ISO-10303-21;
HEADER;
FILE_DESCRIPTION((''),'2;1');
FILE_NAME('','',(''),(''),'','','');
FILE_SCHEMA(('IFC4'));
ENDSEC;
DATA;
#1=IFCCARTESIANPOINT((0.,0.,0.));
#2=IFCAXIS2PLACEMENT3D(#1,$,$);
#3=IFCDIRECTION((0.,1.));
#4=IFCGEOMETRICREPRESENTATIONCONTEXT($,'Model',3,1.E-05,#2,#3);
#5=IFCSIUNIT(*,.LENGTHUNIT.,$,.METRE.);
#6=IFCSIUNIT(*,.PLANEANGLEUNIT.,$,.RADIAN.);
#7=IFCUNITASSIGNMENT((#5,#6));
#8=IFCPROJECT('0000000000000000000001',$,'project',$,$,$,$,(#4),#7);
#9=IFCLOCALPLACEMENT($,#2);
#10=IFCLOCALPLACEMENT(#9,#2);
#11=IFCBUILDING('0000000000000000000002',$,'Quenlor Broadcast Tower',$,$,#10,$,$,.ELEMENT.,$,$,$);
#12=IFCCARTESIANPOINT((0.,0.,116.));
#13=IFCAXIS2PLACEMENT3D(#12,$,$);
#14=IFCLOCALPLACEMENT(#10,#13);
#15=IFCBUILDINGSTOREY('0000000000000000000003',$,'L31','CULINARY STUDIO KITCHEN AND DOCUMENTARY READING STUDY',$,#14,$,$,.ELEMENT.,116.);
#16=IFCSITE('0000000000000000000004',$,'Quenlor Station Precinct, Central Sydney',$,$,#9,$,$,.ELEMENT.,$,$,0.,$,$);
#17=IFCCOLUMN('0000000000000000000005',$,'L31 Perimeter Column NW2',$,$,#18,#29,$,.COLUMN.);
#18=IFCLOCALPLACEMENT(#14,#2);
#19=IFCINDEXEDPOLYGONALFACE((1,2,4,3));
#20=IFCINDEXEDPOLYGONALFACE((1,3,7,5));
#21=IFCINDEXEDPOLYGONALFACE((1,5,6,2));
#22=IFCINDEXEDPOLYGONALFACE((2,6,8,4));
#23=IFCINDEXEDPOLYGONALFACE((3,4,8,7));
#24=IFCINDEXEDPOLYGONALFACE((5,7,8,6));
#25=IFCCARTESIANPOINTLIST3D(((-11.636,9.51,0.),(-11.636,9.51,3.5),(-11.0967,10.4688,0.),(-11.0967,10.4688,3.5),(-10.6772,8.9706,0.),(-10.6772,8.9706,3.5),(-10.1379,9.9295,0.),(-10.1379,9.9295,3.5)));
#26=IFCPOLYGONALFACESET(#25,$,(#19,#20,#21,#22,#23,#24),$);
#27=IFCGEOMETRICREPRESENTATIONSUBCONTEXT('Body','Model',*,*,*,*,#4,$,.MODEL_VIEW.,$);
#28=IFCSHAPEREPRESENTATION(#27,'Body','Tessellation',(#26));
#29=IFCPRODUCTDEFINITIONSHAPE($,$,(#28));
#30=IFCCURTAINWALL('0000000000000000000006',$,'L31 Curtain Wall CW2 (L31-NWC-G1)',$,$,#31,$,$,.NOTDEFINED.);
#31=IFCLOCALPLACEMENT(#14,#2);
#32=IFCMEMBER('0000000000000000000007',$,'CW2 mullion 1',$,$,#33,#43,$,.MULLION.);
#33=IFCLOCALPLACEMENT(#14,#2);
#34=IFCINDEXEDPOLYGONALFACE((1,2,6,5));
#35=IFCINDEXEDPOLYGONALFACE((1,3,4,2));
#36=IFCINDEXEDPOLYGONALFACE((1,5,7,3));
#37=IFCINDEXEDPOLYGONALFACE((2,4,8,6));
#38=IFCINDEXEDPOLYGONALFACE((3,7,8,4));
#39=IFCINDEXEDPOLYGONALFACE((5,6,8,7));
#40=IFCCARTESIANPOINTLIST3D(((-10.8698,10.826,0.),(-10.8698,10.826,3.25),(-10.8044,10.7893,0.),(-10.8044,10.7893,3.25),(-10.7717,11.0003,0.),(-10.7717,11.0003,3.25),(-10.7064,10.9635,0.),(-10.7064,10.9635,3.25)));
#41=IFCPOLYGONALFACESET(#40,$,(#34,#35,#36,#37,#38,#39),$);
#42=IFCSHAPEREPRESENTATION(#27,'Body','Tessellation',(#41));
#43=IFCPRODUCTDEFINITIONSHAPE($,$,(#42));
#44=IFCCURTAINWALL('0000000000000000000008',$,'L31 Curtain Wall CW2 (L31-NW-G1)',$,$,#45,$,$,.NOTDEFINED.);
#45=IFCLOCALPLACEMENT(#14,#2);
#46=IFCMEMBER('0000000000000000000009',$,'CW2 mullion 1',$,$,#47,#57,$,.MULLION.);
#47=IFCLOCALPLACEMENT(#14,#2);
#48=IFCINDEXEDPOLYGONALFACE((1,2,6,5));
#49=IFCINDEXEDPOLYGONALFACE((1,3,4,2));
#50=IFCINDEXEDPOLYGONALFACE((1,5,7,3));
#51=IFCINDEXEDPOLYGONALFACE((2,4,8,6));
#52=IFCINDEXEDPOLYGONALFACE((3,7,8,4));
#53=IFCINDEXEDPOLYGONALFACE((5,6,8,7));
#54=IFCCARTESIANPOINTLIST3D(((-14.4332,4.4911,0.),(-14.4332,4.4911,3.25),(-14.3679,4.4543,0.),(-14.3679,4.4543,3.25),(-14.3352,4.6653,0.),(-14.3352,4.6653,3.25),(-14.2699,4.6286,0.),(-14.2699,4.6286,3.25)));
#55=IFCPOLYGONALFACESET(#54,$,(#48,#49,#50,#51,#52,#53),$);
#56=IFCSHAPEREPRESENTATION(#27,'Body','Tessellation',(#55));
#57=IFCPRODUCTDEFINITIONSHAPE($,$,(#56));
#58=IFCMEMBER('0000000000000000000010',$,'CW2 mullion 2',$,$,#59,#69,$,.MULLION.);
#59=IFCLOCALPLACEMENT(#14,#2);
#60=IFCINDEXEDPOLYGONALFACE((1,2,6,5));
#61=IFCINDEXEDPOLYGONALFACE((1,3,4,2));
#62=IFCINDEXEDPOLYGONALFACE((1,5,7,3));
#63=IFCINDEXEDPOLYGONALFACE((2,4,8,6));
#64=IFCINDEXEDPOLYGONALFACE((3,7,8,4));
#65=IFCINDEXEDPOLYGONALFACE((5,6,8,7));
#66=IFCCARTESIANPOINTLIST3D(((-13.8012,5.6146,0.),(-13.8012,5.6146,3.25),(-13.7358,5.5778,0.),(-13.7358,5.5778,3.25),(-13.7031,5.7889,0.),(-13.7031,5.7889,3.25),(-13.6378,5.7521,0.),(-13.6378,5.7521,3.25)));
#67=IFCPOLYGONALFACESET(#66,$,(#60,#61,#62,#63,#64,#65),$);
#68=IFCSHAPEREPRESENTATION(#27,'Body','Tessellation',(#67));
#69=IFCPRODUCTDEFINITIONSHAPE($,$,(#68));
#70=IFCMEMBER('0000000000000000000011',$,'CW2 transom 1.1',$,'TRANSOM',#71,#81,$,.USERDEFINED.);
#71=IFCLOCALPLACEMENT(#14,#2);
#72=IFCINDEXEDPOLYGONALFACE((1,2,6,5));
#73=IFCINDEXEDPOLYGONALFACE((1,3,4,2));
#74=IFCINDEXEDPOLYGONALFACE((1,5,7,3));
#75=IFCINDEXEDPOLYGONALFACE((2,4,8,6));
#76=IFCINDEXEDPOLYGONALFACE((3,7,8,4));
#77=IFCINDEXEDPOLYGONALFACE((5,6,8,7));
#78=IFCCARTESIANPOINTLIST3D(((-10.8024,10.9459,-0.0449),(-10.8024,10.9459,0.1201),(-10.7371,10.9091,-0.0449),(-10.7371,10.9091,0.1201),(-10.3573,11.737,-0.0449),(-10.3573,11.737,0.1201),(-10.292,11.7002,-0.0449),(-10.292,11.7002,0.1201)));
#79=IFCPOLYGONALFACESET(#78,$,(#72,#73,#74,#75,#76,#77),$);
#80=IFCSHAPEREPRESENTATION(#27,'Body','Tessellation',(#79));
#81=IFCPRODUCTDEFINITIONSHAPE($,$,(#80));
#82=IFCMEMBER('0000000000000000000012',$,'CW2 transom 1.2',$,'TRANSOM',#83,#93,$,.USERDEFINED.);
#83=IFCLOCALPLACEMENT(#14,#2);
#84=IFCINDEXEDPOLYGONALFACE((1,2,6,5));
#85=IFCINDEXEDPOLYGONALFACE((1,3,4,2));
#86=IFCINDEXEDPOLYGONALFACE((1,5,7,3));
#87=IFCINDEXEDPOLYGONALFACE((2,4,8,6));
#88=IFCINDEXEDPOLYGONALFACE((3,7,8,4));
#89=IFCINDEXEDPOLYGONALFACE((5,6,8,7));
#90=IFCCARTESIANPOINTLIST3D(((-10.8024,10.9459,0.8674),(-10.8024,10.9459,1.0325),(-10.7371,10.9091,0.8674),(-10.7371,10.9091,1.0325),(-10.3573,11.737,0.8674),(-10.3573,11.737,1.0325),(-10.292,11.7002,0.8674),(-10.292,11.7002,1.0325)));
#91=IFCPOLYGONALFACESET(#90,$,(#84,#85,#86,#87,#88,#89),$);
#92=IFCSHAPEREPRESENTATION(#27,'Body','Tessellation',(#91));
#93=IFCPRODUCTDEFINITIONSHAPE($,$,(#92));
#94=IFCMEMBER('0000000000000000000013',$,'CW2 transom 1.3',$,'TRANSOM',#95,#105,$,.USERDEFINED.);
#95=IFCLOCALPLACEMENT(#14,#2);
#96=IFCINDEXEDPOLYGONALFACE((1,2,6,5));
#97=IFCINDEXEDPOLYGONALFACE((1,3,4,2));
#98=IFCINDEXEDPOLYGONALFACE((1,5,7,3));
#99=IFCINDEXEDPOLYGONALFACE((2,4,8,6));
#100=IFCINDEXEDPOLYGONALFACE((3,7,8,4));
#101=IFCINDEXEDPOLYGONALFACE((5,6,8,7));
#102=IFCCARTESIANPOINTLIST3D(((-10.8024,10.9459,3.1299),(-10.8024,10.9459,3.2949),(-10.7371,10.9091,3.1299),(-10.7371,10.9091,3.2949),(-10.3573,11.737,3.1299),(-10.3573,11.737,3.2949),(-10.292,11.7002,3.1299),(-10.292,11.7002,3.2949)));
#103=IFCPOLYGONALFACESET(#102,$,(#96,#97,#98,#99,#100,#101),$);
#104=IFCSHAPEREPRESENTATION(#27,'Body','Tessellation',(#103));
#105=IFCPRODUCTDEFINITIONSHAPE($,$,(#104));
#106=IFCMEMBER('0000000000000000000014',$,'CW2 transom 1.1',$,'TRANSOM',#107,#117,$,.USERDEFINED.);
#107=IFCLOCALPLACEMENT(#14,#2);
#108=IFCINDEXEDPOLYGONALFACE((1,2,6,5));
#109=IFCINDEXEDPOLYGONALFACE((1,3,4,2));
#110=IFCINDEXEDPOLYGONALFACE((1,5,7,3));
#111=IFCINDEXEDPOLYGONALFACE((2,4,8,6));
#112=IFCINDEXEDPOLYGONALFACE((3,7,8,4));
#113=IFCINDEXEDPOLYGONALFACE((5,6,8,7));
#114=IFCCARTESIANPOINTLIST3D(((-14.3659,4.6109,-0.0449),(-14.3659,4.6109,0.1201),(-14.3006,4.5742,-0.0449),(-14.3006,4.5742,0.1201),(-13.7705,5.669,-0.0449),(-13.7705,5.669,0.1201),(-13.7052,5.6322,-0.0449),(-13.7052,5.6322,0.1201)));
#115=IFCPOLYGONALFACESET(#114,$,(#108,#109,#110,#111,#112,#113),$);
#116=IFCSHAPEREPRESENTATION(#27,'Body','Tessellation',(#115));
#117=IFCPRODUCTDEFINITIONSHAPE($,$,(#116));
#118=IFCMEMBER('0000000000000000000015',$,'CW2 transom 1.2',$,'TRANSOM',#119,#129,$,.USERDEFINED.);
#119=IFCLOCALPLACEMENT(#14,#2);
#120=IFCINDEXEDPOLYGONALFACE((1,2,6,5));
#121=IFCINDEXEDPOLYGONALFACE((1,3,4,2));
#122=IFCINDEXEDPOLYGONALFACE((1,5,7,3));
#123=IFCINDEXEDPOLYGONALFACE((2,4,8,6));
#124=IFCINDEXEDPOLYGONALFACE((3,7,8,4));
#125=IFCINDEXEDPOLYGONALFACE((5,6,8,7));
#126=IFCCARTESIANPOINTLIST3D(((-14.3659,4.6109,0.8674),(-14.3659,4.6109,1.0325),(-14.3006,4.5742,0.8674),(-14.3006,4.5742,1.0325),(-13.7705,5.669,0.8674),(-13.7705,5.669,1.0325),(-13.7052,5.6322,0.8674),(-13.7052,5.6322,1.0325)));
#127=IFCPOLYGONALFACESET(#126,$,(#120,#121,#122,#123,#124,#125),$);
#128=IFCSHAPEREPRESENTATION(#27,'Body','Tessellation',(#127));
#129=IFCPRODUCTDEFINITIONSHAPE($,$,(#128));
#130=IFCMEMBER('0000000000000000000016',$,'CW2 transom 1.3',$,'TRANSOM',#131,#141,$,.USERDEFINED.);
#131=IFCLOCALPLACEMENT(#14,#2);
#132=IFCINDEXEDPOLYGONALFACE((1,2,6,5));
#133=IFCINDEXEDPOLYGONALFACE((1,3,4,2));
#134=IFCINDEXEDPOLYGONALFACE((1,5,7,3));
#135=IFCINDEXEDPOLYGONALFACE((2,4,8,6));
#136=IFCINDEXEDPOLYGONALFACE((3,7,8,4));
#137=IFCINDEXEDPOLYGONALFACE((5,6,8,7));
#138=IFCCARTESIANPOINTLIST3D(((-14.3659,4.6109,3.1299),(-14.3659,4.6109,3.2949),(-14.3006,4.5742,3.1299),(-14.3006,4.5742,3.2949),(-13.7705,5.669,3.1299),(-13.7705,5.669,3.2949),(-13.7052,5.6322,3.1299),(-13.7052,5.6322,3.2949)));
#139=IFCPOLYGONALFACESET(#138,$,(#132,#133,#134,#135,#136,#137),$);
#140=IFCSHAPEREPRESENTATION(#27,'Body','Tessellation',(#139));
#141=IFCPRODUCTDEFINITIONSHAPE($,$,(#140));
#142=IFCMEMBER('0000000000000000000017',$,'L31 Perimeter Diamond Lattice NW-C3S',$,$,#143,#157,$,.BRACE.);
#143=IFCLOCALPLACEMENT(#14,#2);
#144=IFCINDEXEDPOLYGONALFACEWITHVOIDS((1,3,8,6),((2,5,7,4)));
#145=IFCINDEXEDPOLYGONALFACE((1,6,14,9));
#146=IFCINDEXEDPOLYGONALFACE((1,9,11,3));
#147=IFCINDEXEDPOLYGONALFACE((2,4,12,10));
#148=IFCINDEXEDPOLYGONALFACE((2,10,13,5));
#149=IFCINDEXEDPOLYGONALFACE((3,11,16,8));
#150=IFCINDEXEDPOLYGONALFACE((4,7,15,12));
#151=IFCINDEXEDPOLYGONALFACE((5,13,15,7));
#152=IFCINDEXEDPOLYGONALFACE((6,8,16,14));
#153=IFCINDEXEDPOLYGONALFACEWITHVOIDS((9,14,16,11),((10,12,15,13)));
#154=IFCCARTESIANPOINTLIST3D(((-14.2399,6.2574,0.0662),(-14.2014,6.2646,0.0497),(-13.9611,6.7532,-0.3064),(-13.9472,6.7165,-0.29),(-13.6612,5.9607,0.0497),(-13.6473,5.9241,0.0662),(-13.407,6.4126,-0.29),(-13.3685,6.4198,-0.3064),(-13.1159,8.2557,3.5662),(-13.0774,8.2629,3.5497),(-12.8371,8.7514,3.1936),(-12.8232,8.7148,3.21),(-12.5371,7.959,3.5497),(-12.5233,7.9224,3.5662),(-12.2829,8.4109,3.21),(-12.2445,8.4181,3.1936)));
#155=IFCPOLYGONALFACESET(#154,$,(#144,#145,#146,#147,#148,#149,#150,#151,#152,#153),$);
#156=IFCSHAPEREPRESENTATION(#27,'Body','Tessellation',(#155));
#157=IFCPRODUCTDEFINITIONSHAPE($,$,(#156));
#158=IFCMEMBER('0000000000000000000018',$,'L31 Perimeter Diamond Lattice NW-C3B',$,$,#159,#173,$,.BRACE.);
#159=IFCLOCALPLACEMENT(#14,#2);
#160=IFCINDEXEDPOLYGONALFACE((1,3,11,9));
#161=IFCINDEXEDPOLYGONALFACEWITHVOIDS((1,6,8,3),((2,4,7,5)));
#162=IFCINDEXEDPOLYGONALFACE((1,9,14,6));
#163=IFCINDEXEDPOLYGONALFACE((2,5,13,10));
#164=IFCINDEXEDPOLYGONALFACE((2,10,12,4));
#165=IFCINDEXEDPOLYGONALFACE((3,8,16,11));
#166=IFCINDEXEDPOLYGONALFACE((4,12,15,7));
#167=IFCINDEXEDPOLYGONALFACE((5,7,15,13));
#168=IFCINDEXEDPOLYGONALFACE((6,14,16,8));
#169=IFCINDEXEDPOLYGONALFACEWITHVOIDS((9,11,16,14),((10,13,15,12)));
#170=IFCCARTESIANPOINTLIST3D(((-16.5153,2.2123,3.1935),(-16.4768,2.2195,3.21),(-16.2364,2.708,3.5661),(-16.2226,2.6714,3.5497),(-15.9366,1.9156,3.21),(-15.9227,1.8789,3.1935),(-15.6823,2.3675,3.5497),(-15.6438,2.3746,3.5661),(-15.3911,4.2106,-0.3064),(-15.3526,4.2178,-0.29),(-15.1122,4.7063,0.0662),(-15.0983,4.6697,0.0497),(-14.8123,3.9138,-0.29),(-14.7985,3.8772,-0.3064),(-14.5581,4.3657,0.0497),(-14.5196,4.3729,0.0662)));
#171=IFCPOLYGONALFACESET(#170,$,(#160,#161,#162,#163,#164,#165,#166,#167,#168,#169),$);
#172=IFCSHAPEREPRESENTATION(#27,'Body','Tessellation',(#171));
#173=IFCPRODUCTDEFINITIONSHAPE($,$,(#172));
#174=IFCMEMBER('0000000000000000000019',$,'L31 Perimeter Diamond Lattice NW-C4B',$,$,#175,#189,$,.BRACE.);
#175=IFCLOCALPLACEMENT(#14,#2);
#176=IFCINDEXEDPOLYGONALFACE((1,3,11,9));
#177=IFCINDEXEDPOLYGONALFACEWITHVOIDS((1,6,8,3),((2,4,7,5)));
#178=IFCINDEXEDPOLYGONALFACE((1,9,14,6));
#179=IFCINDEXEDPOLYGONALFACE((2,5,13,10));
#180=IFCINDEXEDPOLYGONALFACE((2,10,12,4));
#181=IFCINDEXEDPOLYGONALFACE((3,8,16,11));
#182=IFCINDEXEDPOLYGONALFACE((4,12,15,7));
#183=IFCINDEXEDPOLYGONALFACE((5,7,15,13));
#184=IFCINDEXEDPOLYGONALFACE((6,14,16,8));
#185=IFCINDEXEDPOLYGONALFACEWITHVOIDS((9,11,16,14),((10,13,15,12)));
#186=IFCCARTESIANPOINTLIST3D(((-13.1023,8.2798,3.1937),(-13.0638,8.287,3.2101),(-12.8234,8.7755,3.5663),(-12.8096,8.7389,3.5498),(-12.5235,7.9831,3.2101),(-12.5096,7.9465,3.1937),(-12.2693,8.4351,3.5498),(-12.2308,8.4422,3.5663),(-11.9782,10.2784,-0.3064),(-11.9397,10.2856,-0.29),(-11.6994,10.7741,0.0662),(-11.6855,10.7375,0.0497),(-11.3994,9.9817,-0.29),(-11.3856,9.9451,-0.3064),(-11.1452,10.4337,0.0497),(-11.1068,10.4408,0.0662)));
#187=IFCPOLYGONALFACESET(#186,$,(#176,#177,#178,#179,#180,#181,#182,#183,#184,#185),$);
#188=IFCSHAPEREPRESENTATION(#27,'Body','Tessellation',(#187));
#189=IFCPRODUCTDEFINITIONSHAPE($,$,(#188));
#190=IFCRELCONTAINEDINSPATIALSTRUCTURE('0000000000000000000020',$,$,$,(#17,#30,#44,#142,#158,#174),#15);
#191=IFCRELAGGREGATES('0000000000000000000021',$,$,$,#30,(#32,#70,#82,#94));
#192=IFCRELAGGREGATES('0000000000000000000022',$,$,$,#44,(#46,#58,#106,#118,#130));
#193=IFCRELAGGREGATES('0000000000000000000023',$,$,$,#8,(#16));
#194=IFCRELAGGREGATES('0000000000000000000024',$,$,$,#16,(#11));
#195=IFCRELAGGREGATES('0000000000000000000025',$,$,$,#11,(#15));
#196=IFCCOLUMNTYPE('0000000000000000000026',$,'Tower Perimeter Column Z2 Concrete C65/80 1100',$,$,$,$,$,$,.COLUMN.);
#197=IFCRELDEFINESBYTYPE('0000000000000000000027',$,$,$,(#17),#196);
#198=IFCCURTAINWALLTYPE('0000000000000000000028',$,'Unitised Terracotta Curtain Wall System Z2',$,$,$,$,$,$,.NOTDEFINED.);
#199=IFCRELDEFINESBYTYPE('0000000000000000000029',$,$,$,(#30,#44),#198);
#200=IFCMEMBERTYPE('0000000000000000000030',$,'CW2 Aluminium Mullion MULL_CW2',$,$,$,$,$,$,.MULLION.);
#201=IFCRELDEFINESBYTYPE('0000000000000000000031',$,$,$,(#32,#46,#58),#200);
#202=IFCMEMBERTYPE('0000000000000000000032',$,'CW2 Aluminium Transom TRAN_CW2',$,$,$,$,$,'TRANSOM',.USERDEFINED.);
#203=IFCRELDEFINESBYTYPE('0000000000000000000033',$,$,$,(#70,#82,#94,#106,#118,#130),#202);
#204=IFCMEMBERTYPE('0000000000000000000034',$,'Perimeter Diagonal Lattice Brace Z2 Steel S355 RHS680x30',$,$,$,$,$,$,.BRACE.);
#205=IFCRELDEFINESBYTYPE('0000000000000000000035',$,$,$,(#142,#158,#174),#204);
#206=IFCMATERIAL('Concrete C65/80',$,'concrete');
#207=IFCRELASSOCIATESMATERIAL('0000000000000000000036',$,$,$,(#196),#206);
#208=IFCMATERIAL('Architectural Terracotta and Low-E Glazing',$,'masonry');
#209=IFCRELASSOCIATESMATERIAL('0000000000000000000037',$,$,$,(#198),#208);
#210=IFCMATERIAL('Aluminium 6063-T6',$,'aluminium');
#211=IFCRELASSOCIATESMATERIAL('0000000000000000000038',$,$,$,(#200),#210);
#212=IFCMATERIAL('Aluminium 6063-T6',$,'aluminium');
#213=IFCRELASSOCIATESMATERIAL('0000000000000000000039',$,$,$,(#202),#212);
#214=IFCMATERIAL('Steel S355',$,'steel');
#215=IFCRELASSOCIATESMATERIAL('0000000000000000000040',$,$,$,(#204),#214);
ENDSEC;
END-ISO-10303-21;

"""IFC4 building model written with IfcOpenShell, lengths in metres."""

from ifc_helpers import new_model, si_unit, direction, frame, origin, origin_2d, place, context, subcontext, project, spatial, rectangle, hollow_rectangle, extrude, material, material_profile, profile_set, type_object, element, aggregate, save


model = new_model("IFC4")

# Units and contexts
model_context = context("Model", 3, precision=1e-05, world=origin(), true_north=direction((0.0, 1.0)))
body_context = subcontext(model_context, "Body", "Model", "MODEL_VIEW")
ifc_project = project(units=[si_unit("LENGTHUNIT", "METRE"), si_unit("PLANEANGLEUNIT", "RADIAN")], contexts=[model_context])

# Site, building, storey
site_placement = place(None, origin())
site = spatial("IfcSite", under=ifc_project, at=site_placement, Name="Quenlor Station Precinct, Central Sydney", CompositionType="ELEMENT", RefElevation=0.0)
building_placement = place(site_placement, origin())
building = spatial("IfcBuilding", under=site, at=building_placement, Name="Quenlor Broadcast Tower", CompositionType="ELEMENT")
storey_placement = place(building_placement, frame((0.0, 0.0, 116.0)))
storey = spatial("IfcBuildingStorey", under=building, at=storey_placement, Name="L31", Description="CULINARY STUDIO KITCHEN AND DOCUMENTARY READING STUDY", CompositionType="ELEMENT", Elevation=116.0)

# Column
ifc_material_1 = material(Name="Concrete C65/80", Category="concrete")
ifc_material_profile_1 = material_profile(ifc_material_1, rectangle(XDim=1.1001, YDim=1.1001, at=origin_2d()))
ifc_profile_set_1 = profile_set([ifc_material_profile_1], Name="Concrete C65/80 RC1100x1100")
column_type = type_object("IfcColumnType", Name="Tower Perimeter Column Z2 Concrete C65/80 1100", PredefinedType="COLUMN", material=ifc_profile_set_1)
column_placement = place(storey_placement, frame((-10.887, 9.7197, 0.0), z_axis=(0.0, 0.0, 1.0), x_axis=(-0.871575, 0.490262, 0.0)))
element("IfcColumn", 1, at=column_placement, inside=storey, type_object=column_type, Name="L31 Perimeter Column NW2", PredefinedType="COLUMN", context=body_context, shape_type="SweptSolid", body=[
    extrude(rectangle(XDim=1.1001, YDim=1.1001, at=origin_2d()), origin(), (0.0, 0.0, 1.0), 3.5),
])

# Curtain wall, member
ifc_material_2 = material(Name="Architectural Terracotta and Low-E Glazing", Category="masonry")
curtain_wall_type = type_object("IfcCurtainWallType", Name="Unitised Terracotta Curtain Wall System Z2", PredefinedType="NOTDEFINED", material=ifc_material_2)
curtain_wall_1_placement = place(storey_placement, origin())
curtain_wall_1 = element("IfcCurtainWall", 2, at=curtain_wall_1_placement, inside=storey, type_object=curtain_wall_type, Name="L31 Curtain Wall CW2 (L31-NWC-G1)", PredefinedType="NOTDEFINED")
ifc_material_3 = material(Name="Aluminium 6063-T6", Category="aluminium")
ifc_material_profile_2 = material_profile(ifc_material_3, rectangle(XDim=0.075, YDim=0.2, at=origin_2d()))
ifc_profile_set_2 = profile_set([ifc_material_profile_2], Name="Aluminium 6063-T6 MULL75x200")
member_type_1 = type_object("IfcMemberType", Name="CW2 Aluminium Mullion MULL_CW2", PredefinedType="MULLION", material=ifc_profile_set_2)
member_1_placement = place(storey_placement, frame((-10.7881, 10.8948, 0.0), z_axis=(0.0, 0.0, 1.0), x_axis=(-0.871581, 0.490252, 0.0)))
member_1 = element("IfcMember", 3, at=member_1_placement, type_object=member_type_1, Name="CW2 mullion 1", PredefinedType="MULLION", context=body_context, shape_type="SweptSolid", body=[
    extrude(rectangle(XDim=0.075, YDim=0.2, at=origin_2d()), origin(), (0.0, 0.0, 1.0), 3.25),
])

# Curtain wall, members
curtain_wall_2_placement = place(storey_placement, origin())
curtain_wall_2 = element("IfcCurtainWall", 4, at=curtain_wall_2_placement, inside=storey, type_object=curtain_wall_type, Name="L31 Curtain Wall CW2 (L31-NW-G1)", PredefinedType="NOTDEFINED")
member_2_placement = place(storey_placement, frame((-14.3516, 4.5598, 0.0), z_axis=(0.0, 0.0, 1.0), x_axis=(-0.871579, 0.490254, 0.0)))
member_2 = element("IfcMember", 5, at=member_2_placement, type_object=member_type_1, Name="CW2 mullion 1", PredefinedType="MULLION", context=body_context, shape_type="SweptSolid", body=[
    extrude(rectangle(XDim=0.075, YDim=0.2, at=origin_2d()), origin(), (0.0, 0.0, 1.0), 3.25),
])
member_3_placement = place(storey_placement, frame((-13.7195, 5.6833, 0.0), z_axis=(0.0, 0.0, 1.0), x_axis=(-0.871579, 0.490254, 0.0)))
member_3 = element("IfcMember", 6, at=member_3_placement, type_object=member_type_1, Name="CW2 mullion 2", PredefinedType="MULLION", context=body_context, shape_type="SweptSolid", body=[
    extrude(rectangle(XDim=0.075, YDim=0.2, at=origin_2d()), origin(), (0.0, 0.0, 1.0), 3.25),
])

# Members
ifc_material_4 = material(Name="Aluminium 6063-T6", Category="aluminium")
ifc_material_profile_3 = material_profile(ifc_material_4, rectangle(XDim=0.075, YDim=0.165, at=origin_2d()))
ifc_profile_set_3 = profile_set([ifc_material_profile_3], Name="Aluminium 6063-T6 TRAN75x165")
member_type_2 = type_object("IfcMemberType", Name="CW2 Aluminium Transom TRAN_CW2", ElementType="TRANSOM", PredefinedType="USERDEFINED", material=ifc_profile_set_3)
member_4_placement = place(storey_placement, frame((-10.7698, 10.9275, 0.0376), z_axis=(0.490363, 0.871518, 0.0), x_axis=(-0.871518, 0.490363, 0.0)))
member_4 = element("IfcMember", 7, at=member_4_placement, type_object=member_type_2, Name="CW2 transom 1.1", ObjectType="TRANSOM", PredefinedType="USERDEFINED", context=body_context, shape_type="SweptSolid", body=[
    extrude(rectangle(XDim=0.075, YDim=0.165, at=origin_2d()), origin(), (0.0, 0.0, 1.0), 0.9077),
])
member_5_placement = place(storey_placement, frame((-10.7698, 10.9275, 0.95), z_axis=(0.490363, 0.871518, 0.0), x_axis=(-0.871518, 0.490363, 0.0)))
member_5 = element("IfcMember", 8, at=member_5_placement, type_object=member_type_2, Name="CW2 transom 1.2", ObjectType="TRANSOM", PredefinedType="USERDEFINED", context=body_context, shape_type="SweptSolid", body=[
    extrude(rectangle(XDim=0.075, YDim=0.165, at=origin_2d()), origin(), (0.0, 0.0, 1.0), 0.9077),
])
member_6_placement = place(storey_placement, frame((-10.7698, 10.9275, 3.2124), z_axis=(0.490363, 0.871518, 0.0), x_axis=(-0.871518, 0.490363, 0.0)))
member_6 = element("IfcMember", 9, at=member_6_placement, type_object=member_type_2, Name="CW2 transom 1.3", ObjectType="TRANSOM", PredefinedType="USERDEFINED", context=body_context, shape_type="SweptSolid", body=[
    extrude(rectangle(XDim=0.075, YDim=0.165, at=origin_2d()), origin(), (0.0, 0.0, 1.0), 0.9077),
])
aggregate(curtain_wall_1, [member_1, member_4, member_5, member_6])
member_7_placement = place(storey_placement, frame((-14.3333, 4.5925, 0.0376), z_axis=(0.490433, 0.871479, 0.0), x_axis=(-0.871479, 0.490433, 0.0)))
member_7 = element("IfcMember", 10, at=member_7_placement, type_object=member_type_2, Name="CW2 transom 1.1", ObjectType="TRANSOM", PredefinedType="USERDEFINED", context=body_context, shape_type="SweptSolid", body=[
    extrude(rectangle(XDim=0.075, YDim=0.165, at=origin_2d()), origin(), (0.0, 0.0, 1.0), 1.2141),
])
member_8_placement = place(storey_placement, frame((-14.3333, 4.5925, 0.95), z_axis=(0.490433, 0.871479, 0.0), x_axis=(-0.871479, 0.490433, 0.0)))
member_8 = element("IfcMember", 11, at=member_8_placement, type_object=member_type_2, Name="CW2 transom 1.2", ObjectType="TRANSOM", PredefinedType="USERDEFINED", context=body_context, shape_type="SweptSolid", body=[
    extrude(rectangle(XDim=0.075, YDim=0.165, at=origin_2d()), origin(), (0.0, 0.0, 1.0), 1.2141),
])
member_9_placement = place(storey_placement, frame((-14.3333, 4.5925, 3.2124), z_axis=(0.490433, 0.871479, 0.0), x_axis=(-0.871479, 0.490433, 0.0)))
member_9 = element("IfcMember", 12, at=member_9_placement, type_object=member_type_2, Name="CW2 transom 1.3", ObjectType="TRANSOM", PredefinedType="USERDEFINED", context=body_context, shape_type="SweptSolid", body=[
    extrude(rectangle(XDim=0.075, YDim=0.165, at=origin_2d()), origin(), (0.0, 0.0, 1.0), 1.2141),
])

# Members
ifc_material_5 = material(Name="Steel S355", Category="steel")
ifc_material_profile_4 = material_profile(ifc_material_5, hollow_rectangle(XDim=0.6799, YDim=0.6799, WallThickness=0.03, at=origin_2d()))
ifc_profile_set_4 = profile_set([ifc_material_profile_4], Name="Steel S355 RHS680x680x30")
member_type_3 = type_object("IfcMemberType", Name="Perimeter Diagonal Lattice Brace Z2 Steel S355 RHS680x30", PredefinedType="BRACE", material=ifc_profile_set_4)
for number, where, z_axis, x_axis, name in (
    (13, (-13.8042, 6.3386, -0.1201), (0.268642, 0.477593, 0.836502), (-0.871578, 0.490256, 0.0), "L31 Perimeter Diamond Lattice NW-C3S"),
    (14, (-14.9553, 4.2917, -0.1201), (-0.268697, -0.477585, 0.836489), (0.871533, -0.490337, 0.0), "L31 Perimeter Diamond Lattice NW-C3B"),
):
    element("IfcMember", number, at=place(storey_placement, frame(where, z_axis=z_axis, x_axis=x_axis)), inside=storey, type_object=member_type_3, Name=name, PredefinedType="BRACE", context=body_context, shape_type="SweptSolid", body=[
        extrude(hollow_rectangle(XDim=0.6799, YDim=0.6799, WallThickness=0.03, at=origin_2d()), origin(), (0.0, 0.0, 1.0), 4.1841),
    ])
member_10_placement = place(storey_placement, frame((-11.5425, 10.3596, -0.1201), z_axis=(-0.268635, -0.477638, 0.836479), x_axis=(0.871604, -0.490211, 0.0)))
element("IfcMember", 15, at=member_10_placement, inside=storey, type_object=member_type_3, Name="L31 Perimeter Diamond Lattice NW-C4B", PredefinedType="BRACE", context=body_context, shape_type="SweptSolid", body=[
    extrude(hollow_rectangle(XDim=0.6799, YDim=0.6799, WallThickness=0.03, at=origin_2d()), origin(), (0.0, 0.0, 1.0), 4.1843),
])

aggregate(curtain_wall_2, [member_2, member_3, member_7, member_8, member_9])

save(model, "model.ifc")
